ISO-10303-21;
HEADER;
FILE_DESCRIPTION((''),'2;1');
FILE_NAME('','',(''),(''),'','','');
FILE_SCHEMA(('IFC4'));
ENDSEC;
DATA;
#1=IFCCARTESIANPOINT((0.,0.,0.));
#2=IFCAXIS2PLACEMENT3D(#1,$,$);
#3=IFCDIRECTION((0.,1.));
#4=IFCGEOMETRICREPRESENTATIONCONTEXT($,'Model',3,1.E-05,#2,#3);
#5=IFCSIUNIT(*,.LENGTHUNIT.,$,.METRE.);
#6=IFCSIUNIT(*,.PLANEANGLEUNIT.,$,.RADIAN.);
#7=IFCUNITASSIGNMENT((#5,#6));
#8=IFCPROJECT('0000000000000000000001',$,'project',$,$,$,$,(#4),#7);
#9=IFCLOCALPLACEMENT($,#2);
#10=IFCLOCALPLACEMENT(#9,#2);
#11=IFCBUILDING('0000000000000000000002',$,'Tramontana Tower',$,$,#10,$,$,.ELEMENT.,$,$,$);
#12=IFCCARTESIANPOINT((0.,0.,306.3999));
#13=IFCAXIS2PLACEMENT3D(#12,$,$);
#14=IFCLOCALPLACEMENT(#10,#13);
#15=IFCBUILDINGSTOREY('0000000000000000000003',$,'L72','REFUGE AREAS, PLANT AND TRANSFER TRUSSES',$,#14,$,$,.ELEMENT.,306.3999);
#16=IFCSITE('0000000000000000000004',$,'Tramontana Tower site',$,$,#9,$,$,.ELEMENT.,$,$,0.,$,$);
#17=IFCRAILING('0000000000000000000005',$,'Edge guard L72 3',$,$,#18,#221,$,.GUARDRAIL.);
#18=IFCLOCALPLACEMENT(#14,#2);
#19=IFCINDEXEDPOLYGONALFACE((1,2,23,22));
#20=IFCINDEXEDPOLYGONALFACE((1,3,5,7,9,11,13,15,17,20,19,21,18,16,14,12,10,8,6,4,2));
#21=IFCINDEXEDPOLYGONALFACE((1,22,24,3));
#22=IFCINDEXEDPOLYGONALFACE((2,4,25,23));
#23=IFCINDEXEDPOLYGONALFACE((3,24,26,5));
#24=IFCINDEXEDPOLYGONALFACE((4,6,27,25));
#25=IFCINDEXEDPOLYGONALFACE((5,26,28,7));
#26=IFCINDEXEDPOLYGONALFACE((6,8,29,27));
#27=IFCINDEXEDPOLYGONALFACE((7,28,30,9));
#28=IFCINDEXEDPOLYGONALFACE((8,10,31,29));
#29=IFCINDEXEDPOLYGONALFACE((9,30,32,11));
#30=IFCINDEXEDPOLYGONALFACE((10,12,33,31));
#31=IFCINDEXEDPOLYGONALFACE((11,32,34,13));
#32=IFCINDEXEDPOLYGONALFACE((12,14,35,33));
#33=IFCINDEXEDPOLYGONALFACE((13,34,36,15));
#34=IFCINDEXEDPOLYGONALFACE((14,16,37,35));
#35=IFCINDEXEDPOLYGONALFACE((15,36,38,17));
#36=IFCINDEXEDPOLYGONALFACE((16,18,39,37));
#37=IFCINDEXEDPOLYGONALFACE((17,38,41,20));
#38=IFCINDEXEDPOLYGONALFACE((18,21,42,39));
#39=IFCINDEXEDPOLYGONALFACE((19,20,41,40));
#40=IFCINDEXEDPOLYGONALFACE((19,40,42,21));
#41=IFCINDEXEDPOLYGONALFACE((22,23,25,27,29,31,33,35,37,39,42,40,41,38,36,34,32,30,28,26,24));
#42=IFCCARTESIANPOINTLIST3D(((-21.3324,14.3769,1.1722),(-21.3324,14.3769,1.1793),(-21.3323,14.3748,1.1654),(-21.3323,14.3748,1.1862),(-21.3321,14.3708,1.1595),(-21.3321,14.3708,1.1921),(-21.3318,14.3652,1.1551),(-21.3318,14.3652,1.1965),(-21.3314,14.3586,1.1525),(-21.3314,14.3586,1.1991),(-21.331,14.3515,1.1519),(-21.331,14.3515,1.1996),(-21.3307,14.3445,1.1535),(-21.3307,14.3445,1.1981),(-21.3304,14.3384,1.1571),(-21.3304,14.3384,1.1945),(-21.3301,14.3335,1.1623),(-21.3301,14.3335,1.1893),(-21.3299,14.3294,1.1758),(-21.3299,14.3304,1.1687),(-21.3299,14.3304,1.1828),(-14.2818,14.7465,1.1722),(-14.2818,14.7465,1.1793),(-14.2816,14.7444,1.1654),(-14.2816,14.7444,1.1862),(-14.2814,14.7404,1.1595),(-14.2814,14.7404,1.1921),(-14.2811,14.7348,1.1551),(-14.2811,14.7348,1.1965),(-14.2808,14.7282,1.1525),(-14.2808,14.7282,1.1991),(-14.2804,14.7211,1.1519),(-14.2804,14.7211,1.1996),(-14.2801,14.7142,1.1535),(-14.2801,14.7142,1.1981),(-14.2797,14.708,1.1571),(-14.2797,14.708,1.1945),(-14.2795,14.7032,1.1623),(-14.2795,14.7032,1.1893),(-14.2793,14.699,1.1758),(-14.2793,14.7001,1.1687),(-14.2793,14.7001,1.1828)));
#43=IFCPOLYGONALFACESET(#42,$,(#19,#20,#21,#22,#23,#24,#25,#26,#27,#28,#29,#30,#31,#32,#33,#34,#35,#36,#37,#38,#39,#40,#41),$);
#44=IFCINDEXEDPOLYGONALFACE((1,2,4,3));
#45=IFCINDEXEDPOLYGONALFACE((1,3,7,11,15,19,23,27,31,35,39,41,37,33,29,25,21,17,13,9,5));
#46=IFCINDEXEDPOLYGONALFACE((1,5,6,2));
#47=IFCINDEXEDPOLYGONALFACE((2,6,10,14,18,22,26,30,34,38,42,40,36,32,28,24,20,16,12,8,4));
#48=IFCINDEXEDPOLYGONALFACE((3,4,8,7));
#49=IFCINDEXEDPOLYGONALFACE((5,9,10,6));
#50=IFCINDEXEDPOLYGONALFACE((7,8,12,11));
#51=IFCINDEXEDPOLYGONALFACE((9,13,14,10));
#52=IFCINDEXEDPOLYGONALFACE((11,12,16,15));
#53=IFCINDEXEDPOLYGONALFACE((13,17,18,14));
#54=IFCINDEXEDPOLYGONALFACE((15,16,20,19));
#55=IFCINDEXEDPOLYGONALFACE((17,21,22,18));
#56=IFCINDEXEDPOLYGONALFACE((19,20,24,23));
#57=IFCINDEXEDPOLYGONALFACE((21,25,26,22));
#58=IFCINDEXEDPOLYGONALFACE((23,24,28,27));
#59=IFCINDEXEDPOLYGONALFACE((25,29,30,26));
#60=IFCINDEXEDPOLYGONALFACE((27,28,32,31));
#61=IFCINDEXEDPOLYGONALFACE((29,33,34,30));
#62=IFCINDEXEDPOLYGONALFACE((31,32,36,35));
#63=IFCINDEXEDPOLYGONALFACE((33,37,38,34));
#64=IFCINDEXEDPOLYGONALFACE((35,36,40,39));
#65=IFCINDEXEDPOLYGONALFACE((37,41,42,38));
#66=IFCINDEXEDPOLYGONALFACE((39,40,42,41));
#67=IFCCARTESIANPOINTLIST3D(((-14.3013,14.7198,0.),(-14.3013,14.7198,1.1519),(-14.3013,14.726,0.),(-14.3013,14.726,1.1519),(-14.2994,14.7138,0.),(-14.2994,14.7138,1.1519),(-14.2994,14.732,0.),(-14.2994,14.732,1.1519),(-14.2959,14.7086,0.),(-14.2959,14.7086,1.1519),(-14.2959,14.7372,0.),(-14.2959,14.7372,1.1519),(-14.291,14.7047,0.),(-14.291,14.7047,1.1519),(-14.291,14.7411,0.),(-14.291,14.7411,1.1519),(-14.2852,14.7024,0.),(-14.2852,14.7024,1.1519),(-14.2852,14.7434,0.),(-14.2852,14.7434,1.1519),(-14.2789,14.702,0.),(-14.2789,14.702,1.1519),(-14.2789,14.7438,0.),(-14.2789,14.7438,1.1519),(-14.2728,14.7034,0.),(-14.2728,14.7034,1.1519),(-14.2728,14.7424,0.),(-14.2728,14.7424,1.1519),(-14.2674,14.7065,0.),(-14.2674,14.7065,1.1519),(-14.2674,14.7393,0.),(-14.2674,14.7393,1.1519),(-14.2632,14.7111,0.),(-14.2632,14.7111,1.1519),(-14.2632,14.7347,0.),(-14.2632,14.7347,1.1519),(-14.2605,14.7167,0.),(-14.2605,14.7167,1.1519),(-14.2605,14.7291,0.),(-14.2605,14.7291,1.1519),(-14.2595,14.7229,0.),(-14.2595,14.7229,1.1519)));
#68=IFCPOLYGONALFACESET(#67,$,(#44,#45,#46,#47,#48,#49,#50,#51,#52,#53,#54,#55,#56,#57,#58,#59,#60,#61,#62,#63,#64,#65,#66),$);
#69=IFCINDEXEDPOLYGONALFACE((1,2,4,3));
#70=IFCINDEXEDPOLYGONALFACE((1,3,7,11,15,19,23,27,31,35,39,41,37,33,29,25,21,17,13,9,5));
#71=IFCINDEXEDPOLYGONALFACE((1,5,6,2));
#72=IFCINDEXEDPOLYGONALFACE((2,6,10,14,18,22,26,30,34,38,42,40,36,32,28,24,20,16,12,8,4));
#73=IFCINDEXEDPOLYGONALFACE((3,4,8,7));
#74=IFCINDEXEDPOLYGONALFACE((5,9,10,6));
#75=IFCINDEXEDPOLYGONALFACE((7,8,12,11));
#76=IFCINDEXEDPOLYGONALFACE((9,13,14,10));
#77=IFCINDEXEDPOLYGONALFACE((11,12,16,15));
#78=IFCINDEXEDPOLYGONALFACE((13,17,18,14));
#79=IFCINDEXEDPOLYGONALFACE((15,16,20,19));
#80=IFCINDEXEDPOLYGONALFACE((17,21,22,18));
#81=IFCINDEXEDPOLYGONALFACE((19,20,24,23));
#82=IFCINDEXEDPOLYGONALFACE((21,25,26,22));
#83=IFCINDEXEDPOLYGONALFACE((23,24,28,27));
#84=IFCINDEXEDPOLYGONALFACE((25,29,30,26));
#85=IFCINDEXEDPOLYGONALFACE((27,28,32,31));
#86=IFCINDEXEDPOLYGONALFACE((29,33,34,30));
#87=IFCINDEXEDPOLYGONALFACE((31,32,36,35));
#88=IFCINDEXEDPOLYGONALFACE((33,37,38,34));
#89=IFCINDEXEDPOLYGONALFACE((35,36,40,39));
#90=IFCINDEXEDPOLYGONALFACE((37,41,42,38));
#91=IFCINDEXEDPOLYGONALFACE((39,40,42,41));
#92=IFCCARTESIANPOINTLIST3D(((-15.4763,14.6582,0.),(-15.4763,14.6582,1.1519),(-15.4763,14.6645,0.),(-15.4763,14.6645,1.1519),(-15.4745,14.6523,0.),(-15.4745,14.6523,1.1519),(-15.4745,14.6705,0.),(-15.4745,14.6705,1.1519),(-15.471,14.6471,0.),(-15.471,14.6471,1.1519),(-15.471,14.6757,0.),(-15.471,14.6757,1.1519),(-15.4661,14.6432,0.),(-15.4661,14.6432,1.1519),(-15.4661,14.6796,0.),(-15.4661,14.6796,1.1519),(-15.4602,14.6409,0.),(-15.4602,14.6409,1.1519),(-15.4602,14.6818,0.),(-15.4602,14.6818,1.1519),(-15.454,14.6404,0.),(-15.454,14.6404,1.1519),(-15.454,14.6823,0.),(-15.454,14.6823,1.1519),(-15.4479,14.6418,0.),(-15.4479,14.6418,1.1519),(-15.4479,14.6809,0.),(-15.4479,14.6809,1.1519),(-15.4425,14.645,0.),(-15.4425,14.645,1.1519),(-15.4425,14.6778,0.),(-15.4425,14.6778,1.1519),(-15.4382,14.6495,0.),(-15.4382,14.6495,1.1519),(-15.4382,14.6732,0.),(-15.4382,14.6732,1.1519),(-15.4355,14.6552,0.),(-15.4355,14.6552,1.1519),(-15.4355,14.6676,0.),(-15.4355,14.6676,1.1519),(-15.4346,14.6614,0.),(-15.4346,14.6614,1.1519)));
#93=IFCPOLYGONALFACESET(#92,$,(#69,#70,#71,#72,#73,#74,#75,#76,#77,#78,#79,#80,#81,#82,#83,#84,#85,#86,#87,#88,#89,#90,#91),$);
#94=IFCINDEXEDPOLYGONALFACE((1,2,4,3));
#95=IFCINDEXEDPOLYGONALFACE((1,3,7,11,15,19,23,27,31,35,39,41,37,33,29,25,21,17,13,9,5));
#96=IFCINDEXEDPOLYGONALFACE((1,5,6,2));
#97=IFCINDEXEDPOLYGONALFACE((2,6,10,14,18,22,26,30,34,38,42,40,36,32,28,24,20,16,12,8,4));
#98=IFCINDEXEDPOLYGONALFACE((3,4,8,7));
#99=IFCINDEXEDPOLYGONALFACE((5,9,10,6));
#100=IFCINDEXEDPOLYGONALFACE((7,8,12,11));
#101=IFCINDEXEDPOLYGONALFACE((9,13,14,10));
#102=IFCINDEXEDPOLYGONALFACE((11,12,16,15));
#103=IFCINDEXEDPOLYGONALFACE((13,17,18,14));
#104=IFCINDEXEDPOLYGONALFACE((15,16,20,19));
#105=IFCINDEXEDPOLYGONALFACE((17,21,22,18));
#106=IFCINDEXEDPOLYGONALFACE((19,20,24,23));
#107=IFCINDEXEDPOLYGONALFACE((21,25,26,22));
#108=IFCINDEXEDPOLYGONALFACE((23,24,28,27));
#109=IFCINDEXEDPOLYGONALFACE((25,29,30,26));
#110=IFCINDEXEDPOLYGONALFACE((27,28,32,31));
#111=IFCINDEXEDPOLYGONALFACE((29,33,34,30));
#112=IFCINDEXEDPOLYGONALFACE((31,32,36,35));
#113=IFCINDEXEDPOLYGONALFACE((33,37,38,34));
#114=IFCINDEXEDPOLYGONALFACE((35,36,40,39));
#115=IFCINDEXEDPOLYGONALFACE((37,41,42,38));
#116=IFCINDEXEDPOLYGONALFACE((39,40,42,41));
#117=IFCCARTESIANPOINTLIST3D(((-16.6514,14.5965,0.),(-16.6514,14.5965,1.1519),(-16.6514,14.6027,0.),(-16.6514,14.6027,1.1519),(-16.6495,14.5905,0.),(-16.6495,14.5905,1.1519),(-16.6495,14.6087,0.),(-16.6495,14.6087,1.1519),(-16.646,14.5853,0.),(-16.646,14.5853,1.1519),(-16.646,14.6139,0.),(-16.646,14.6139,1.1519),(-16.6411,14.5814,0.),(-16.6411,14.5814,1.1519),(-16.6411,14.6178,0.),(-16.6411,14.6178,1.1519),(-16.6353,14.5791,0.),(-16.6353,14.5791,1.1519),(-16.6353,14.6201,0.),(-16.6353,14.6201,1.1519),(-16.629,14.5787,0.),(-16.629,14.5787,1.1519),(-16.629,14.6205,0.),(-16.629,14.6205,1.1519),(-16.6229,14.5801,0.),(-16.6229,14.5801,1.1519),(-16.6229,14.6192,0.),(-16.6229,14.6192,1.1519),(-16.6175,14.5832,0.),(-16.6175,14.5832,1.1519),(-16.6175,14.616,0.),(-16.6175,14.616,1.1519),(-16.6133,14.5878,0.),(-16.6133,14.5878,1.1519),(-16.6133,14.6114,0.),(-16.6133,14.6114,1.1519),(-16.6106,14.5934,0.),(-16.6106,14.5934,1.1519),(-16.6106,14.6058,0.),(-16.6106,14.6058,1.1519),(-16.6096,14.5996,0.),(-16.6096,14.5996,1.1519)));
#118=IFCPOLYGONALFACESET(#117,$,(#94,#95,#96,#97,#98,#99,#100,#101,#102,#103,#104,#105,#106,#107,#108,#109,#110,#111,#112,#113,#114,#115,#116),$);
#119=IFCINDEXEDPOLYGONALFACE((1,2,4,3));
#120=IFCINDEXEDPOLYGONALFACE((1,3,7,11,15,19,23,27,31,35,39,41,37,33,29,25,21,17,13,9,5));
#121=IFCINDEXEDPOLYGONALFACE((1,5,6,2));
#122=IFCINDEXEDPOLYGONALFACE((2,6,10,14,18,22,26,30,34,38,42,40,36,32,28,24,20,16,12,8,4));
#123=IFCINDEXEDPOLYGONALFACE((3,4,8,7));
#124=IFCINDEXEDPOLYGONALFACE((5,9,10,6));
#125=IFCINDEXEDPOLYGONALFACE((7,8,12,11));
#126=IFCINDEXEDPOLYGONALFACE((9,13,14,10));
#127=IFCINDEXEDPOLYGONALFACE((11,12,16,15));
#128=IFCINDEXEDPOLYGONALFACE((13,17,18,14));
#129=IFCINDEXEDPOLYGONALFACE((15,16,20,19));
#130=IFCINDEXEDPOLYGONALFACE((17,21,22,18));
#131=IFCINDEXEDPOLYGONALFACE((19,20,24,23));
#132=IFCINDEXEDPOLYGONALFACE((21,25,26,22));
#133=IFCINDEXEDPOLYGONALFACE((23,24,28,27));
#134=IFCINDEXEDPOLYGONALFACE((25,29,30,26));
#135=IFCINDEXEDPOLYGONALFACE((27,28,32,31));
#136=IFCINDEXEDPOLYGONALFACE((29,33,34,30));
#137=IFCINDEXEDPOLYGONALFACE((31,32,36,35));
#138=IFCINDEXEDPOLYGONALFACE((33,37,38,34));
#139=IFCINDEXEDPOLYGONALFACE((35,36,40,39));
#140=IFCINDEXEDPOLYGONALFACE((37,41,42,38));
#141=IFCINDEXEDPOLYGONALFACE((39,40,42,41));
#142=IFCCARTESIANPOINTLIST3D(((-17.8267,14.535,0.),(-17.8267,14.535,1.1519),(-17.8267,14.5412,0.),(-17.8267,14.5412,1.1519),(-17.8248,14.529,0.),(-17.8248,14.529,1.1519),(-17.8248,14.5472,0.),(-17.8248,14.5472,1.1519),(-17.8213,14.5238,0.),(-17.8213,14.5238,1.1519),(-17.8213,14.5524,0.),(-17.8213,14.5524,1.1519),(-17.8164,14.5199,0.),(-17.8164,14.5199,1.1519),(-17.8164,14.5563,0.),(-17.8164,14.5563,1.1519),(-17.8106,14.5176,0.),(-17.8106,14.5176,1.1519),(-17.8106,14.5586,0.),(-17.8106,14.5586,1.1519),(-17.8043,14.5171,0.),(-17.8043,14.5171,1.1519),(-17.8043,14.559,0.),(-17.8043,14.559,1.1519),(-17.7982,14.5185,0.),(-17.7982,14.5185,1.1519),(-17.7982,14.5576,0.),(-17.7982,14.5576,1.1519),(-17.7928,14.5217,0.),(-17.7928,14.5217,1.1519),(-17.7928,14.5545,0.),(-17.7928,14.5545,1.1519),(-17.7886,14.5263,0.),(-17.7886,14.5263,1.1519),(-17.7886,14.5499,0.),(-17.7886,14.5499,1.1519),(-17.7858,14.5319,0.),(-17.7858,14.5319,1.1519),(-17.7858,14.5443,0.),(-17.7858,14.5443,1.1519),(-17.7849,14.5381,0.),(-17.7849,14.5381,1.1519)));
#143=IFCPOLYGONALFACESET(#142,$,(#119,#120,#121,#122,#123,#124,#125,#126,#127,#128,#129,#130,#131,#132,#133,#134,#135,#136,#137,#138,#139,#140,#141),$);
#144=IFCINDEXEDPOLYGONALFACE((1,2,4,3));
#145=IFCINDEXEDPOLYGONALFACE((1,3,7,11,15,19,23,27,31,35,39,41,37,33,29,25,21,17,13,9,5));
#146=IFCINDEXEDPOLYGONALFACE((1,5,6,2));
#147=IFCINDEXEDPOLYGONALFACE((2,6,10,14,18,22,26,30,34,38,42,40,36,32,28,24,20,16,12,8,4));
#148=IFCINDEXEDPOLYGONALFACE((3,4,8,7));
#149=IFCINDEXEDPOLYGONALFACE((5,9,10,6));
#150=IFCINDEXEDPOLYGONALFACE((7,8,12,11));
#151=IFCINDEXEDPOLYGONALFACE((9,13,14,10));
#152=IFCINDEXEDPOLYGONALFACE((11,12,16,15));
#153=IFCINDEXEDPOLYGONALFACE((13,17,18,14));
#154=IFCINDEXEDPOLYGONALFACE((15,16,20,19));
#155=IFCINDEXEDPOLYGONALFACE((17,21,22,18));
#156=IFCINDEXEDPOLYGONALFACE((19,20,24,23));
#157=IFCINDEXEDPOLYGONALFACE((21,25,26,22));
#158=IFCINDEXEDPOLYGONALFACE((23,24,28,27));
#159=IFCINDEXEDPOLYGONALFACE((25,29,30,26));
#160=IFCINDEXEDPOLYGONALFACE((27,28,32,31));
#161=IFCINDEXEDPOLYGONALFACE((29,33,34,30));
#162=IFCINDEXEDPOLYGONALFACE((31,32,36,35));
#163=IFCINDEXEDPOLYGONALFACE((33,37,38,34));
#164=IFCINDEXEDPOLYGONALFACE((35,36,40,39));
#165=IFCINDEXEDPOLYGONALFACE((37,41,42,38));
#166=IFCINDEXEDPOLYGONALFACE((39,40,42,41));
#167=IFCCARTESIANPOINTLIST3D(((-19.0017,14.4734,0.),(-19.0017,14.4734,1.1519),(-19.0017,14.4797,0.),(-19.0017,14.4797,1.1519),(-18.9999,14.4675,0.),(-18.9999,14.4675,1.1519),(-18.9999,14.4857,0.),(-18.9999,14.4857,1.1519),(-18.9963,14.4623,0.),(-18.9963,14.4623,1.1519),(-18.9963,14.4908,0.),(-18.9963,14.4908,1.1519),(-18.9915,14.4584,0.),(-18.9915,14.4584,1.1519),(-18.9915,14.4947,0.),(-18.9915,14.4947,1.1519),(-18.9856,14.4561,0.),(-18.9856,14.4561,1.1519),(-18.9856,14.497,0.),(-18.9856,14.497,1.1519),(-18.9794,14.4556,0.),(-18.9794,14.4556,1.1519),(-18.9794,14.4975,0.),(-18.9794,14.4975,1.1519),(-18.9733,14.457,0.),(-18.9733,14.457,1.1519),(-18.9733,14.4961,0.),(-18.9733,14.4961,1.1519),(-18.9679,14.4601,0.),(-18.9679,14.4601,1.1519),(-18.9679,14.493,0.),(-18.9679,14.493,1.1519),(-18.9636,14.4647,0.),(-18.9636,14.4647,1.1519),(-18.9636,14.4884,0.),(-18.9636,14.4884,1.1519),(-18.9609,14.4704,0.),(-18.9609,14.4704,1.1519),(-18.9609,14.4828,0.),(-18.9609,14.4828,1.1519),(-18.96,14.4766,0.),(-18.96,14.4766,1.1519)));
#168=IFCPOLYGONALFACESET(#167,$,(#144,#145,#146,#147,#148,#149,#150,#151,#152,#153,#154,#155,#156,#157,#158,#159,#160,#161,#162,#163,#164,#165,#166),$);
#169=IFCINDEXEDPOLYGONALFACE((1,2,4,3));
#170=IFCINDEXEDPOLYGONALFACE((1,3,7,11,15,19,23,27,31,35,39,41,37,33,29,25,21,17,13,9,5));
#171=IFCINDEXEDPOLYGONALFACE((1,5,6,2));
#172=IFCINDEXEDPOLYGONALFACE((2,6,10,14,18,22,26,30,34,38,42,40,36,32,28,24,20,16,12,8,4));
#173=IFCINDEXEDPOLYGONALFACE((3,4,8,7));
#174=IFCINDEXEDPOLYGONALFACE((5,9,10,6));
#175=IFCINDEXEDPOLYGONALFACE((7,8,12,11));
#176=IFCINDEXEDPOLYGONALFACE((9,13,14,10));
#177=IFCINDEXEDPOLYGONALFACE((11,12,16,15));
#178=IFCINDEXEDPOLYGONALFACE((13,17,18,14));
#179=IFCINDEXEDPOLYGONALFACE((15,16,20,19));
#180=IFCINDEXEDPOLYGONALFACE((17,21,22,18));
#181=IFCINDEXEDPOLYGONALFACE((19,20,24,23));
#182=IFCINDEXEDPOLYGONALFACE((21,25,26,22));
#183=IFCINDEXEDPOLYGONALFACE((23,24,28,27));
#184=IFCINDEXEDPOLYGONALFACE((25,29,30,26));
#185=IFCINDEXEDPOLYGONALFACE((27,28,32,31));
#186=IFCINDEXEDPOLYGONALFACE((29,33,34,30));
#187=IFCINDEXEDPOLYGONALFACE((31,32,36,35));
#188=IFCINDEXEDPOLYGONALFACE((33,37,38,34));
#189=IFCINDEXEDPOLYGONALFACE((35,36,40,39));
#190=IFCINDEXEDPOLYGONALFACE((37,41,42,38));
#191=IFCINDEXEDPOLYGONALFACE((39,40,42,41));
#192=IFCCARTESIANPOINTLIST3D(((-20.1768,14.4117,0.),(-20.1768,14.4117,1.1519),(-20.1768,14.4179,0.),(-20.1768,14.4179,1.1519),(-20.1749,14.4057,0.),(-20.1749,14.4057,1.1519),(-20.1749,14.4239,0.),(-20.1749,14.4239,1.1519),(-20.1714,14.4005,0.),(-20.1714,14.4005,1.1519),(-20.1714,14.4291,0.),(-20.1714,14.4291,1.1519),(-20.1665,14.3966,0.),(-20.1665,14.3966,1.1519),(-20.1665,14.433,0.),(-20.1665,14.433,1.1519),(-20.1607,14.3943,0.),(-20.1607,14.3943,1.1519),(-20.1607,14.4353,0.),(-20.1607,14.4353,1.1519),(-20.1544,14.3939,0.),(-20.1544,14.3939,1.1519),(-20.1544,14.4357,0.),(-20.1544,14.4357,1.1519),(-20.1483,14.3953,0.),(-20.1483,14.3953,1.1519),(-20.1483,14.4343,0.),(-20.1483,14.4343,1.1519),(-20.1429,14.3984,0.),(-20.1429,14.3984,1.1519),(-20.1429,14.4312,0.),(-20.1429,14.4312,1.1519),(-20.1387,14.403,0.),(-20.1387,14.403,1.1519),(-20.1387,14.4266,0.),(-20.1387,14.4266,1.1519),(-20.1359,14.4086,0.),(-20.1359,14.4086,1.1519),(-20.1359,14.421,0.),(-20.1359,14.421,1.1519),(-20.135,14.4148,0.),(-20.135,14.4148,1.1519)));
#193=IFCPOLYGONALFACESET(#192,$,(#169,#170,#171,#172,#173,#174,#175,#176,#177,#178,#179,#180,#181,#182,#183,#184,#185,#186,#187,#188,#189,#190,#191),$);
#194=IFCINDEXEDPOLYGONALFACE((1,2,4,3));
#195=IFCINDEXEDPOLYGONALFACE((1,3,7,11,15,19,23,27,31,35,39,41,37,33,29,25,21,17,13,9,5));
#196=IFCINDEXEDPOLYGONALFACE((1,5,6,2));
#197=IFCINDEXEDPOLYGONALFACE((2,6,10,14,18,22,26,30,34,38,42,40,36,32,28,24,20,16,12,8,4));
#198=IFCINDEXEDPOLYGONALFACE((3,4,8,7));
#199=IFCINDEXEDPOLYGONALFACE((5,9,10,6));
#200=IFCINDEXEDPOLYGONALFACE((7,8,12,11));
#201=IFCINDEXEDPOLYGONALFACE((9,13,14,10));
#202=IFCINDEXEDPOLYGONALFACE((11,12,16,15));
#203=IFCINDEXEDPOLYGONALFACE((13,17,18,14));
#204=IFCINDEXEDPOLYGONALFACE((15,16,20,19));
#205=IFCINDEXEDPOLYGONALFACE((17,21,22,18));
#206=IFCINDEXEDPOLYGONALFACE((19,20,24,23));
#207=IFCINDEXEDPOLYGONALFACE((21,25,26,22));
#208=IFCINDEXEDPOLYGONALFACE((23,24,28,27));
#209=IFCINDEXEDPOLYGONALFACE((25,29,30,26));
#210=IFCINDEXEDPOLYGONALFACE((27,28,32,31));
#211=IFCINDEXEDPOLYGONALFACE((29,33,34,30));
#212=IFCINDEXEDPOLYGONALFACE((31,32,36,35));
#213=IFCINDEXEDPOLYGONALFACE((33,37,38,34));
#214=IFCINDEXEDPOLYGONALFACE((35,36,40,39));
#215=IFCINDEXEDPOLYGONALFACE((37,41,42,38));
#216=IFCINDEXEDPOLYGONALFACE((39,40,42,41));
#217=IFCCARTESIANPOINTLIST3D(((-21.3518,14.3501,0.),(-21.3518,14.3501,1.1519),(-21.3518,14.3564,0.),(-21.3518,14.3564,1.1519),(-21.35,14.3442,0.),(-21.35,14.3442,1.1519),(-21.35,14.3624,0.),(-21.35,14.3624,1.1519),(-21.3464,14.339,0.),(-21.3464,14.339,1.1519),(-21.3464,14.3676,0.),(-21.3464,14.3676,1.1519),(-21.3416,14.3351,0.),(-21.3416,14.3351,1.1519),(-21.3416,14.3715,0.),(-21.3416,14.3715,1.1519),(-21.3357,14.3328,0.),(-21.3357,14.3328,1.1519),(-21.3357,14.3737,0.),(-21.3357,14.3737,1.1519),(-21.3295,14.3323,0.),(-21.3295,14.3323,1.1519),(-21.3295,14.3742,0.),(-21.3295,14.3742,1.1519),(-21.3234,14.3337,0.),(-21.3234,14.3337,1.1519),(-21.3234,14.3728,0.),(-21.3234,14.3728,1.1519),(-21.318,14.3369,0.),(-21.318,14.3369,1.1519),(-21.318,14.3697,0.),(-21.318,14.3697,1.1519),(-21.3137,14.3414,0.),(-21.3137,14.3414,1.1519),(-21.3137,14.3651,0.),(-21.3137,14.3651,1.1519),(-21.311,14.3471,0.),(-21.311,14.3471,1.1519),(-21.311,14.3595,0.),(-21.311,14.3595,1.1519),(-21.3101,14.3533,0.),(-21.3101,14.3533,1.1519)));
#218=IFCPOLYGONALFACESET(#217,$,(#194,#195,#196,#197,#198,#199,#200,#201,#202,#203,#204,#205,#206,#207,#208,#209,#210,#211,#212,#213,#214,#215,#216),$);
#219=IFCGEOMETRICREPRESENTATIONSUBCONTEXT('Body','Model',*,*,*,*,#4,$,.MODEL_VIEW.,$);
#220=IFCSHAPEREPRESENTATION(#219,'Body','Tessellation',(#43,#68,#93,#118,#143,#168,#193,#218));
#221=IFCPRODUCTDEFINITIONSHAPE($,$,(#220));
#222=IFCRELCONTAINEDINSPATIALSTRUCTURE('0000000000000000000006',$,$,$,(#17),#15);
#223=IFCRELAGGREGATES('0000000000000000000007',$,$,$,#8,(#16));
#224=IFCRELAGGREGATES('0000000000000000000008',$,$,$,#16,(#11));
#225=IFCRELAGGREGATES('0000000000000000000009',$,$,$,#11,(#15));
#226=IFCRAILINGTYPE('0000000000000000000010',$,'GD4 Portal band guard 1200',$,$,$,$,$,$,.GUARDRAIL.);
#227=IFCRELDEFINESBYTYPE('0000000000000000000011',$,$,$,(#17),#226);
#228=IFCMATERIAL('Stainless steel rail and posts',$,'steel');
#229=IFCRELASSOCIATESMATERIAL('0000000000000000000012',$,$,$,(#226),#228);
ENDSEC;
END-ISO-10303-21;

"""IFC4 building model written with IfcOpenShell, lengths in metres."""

from ifc_helpers import new_model, si_unit, direction, frame, origin, origin_2d, place, context, subcontext, project, spatial, circle, extrude, material, type_object, element, save


model = new_model("IFC4")

# Units and contexts
model_context = context("Model", 3, precision=1e-05, world=origin(), true_north=direction((0.0, 1.0)))
body_context = subcontext(model_context, "Body", "Model", "MODEL_VIEW")
ifc_project = project(units=[si_unit("LENGTHUNIT", "METRE"), si_unit("PLANEANGLEUNIT", "RADIAN")], contexts=[model_context])

# Site, building, storey
site_placement = place(None, origin())
site = spatial("IfcSite", under=ifc_project, at=site_placement, Name="Tramontana Tower site", CompositionType="ELEMENT", RefElevation=0.0)
building_placement = place(site_placement, origin())
building = spatial("IfcBuilding", under=site, at=building_placement, Name="Tramontana Tower", CompositionType="ELEMENT")
storey_placement = place(building_placement, frame((0.0, 0.0, 306.3999)))
storey = spatial("IfcBuildingStorey", under=building, at=storey_placement, Name="L72", Description="REFUGE AREAS, PLANT AND TRANSFER TRUSSES", CompositionType="ELEMENT", Elevation=306.3999)

# Railing
ifc_material_1 = material(Name="Stainless steel rail and posts", Category="steel")
railing_type = type_object("IfcRailingType", Name="GD4 Portal band guard 1200", PredefinedType="GUARDRAIL", material=ifc_material_1)
railing_placement = place(storey_placement, frame((-14.2805, 14.7229, 0.0)))
element("IfcRailing", 1, at=railing_placement, inside=storey, type_object=railing_type, Name="Edge guard L72 3", PredefinedType="GUARDRAIL", context=body_context, shape_type="SweptSolid", body=[
    extrude(circle(Radius=0.0239, at=origin_2d()), frame((0.0, 0.0, 1.1758), z_axis=(-0.998629, -0.052354, 0.0), x_axis=(0.052354, -0.998629, 0.0)), (0.0, 0.0, 1.0), 7.0603),
    extrude(circle(Radius=0.021, at=origin_2d()), origin(), (0.0, 0.0, 1.0), 1.1519),
    extrude(circle(Radius=0.021, at=origin_2d()), frame((-1.175, -0.0615, 0.0)), (0.0, 0.0, 1.0), 1.1519),
    extrude(circle(Radius=0.021, at=origin_2d()), frame((-2.3501, -0.1233, 0.0)), (0.0, 0.0, 1.0), 1.1519),
    extrude(circle(Radius=0.021, at=origin_2d()), frame((-3.5254, -0.1848, 0.0)), (0.0, 0.0, 1.0), 1.1519),
    extrude(circle(Radius=0.021, at=origin_2d()), frame((-4.7004, -0.2463, 0.0)), (0.0, 0.0, 1.0), 1.1519),
    extrude(circle(Radius=0.021, at=origin_2d()), frame((-5.8755, -0.3081, 0.0)), (0.0, 0.0, 1.0), 1.1519),
    extrude(circle(Radius=0.021, at=origin_2d()), frame((-7.0505, -0.3696, 0.0)), (0.0, 0.0, 1.0), 1.1519),
])

save(model, "model.ifc")
